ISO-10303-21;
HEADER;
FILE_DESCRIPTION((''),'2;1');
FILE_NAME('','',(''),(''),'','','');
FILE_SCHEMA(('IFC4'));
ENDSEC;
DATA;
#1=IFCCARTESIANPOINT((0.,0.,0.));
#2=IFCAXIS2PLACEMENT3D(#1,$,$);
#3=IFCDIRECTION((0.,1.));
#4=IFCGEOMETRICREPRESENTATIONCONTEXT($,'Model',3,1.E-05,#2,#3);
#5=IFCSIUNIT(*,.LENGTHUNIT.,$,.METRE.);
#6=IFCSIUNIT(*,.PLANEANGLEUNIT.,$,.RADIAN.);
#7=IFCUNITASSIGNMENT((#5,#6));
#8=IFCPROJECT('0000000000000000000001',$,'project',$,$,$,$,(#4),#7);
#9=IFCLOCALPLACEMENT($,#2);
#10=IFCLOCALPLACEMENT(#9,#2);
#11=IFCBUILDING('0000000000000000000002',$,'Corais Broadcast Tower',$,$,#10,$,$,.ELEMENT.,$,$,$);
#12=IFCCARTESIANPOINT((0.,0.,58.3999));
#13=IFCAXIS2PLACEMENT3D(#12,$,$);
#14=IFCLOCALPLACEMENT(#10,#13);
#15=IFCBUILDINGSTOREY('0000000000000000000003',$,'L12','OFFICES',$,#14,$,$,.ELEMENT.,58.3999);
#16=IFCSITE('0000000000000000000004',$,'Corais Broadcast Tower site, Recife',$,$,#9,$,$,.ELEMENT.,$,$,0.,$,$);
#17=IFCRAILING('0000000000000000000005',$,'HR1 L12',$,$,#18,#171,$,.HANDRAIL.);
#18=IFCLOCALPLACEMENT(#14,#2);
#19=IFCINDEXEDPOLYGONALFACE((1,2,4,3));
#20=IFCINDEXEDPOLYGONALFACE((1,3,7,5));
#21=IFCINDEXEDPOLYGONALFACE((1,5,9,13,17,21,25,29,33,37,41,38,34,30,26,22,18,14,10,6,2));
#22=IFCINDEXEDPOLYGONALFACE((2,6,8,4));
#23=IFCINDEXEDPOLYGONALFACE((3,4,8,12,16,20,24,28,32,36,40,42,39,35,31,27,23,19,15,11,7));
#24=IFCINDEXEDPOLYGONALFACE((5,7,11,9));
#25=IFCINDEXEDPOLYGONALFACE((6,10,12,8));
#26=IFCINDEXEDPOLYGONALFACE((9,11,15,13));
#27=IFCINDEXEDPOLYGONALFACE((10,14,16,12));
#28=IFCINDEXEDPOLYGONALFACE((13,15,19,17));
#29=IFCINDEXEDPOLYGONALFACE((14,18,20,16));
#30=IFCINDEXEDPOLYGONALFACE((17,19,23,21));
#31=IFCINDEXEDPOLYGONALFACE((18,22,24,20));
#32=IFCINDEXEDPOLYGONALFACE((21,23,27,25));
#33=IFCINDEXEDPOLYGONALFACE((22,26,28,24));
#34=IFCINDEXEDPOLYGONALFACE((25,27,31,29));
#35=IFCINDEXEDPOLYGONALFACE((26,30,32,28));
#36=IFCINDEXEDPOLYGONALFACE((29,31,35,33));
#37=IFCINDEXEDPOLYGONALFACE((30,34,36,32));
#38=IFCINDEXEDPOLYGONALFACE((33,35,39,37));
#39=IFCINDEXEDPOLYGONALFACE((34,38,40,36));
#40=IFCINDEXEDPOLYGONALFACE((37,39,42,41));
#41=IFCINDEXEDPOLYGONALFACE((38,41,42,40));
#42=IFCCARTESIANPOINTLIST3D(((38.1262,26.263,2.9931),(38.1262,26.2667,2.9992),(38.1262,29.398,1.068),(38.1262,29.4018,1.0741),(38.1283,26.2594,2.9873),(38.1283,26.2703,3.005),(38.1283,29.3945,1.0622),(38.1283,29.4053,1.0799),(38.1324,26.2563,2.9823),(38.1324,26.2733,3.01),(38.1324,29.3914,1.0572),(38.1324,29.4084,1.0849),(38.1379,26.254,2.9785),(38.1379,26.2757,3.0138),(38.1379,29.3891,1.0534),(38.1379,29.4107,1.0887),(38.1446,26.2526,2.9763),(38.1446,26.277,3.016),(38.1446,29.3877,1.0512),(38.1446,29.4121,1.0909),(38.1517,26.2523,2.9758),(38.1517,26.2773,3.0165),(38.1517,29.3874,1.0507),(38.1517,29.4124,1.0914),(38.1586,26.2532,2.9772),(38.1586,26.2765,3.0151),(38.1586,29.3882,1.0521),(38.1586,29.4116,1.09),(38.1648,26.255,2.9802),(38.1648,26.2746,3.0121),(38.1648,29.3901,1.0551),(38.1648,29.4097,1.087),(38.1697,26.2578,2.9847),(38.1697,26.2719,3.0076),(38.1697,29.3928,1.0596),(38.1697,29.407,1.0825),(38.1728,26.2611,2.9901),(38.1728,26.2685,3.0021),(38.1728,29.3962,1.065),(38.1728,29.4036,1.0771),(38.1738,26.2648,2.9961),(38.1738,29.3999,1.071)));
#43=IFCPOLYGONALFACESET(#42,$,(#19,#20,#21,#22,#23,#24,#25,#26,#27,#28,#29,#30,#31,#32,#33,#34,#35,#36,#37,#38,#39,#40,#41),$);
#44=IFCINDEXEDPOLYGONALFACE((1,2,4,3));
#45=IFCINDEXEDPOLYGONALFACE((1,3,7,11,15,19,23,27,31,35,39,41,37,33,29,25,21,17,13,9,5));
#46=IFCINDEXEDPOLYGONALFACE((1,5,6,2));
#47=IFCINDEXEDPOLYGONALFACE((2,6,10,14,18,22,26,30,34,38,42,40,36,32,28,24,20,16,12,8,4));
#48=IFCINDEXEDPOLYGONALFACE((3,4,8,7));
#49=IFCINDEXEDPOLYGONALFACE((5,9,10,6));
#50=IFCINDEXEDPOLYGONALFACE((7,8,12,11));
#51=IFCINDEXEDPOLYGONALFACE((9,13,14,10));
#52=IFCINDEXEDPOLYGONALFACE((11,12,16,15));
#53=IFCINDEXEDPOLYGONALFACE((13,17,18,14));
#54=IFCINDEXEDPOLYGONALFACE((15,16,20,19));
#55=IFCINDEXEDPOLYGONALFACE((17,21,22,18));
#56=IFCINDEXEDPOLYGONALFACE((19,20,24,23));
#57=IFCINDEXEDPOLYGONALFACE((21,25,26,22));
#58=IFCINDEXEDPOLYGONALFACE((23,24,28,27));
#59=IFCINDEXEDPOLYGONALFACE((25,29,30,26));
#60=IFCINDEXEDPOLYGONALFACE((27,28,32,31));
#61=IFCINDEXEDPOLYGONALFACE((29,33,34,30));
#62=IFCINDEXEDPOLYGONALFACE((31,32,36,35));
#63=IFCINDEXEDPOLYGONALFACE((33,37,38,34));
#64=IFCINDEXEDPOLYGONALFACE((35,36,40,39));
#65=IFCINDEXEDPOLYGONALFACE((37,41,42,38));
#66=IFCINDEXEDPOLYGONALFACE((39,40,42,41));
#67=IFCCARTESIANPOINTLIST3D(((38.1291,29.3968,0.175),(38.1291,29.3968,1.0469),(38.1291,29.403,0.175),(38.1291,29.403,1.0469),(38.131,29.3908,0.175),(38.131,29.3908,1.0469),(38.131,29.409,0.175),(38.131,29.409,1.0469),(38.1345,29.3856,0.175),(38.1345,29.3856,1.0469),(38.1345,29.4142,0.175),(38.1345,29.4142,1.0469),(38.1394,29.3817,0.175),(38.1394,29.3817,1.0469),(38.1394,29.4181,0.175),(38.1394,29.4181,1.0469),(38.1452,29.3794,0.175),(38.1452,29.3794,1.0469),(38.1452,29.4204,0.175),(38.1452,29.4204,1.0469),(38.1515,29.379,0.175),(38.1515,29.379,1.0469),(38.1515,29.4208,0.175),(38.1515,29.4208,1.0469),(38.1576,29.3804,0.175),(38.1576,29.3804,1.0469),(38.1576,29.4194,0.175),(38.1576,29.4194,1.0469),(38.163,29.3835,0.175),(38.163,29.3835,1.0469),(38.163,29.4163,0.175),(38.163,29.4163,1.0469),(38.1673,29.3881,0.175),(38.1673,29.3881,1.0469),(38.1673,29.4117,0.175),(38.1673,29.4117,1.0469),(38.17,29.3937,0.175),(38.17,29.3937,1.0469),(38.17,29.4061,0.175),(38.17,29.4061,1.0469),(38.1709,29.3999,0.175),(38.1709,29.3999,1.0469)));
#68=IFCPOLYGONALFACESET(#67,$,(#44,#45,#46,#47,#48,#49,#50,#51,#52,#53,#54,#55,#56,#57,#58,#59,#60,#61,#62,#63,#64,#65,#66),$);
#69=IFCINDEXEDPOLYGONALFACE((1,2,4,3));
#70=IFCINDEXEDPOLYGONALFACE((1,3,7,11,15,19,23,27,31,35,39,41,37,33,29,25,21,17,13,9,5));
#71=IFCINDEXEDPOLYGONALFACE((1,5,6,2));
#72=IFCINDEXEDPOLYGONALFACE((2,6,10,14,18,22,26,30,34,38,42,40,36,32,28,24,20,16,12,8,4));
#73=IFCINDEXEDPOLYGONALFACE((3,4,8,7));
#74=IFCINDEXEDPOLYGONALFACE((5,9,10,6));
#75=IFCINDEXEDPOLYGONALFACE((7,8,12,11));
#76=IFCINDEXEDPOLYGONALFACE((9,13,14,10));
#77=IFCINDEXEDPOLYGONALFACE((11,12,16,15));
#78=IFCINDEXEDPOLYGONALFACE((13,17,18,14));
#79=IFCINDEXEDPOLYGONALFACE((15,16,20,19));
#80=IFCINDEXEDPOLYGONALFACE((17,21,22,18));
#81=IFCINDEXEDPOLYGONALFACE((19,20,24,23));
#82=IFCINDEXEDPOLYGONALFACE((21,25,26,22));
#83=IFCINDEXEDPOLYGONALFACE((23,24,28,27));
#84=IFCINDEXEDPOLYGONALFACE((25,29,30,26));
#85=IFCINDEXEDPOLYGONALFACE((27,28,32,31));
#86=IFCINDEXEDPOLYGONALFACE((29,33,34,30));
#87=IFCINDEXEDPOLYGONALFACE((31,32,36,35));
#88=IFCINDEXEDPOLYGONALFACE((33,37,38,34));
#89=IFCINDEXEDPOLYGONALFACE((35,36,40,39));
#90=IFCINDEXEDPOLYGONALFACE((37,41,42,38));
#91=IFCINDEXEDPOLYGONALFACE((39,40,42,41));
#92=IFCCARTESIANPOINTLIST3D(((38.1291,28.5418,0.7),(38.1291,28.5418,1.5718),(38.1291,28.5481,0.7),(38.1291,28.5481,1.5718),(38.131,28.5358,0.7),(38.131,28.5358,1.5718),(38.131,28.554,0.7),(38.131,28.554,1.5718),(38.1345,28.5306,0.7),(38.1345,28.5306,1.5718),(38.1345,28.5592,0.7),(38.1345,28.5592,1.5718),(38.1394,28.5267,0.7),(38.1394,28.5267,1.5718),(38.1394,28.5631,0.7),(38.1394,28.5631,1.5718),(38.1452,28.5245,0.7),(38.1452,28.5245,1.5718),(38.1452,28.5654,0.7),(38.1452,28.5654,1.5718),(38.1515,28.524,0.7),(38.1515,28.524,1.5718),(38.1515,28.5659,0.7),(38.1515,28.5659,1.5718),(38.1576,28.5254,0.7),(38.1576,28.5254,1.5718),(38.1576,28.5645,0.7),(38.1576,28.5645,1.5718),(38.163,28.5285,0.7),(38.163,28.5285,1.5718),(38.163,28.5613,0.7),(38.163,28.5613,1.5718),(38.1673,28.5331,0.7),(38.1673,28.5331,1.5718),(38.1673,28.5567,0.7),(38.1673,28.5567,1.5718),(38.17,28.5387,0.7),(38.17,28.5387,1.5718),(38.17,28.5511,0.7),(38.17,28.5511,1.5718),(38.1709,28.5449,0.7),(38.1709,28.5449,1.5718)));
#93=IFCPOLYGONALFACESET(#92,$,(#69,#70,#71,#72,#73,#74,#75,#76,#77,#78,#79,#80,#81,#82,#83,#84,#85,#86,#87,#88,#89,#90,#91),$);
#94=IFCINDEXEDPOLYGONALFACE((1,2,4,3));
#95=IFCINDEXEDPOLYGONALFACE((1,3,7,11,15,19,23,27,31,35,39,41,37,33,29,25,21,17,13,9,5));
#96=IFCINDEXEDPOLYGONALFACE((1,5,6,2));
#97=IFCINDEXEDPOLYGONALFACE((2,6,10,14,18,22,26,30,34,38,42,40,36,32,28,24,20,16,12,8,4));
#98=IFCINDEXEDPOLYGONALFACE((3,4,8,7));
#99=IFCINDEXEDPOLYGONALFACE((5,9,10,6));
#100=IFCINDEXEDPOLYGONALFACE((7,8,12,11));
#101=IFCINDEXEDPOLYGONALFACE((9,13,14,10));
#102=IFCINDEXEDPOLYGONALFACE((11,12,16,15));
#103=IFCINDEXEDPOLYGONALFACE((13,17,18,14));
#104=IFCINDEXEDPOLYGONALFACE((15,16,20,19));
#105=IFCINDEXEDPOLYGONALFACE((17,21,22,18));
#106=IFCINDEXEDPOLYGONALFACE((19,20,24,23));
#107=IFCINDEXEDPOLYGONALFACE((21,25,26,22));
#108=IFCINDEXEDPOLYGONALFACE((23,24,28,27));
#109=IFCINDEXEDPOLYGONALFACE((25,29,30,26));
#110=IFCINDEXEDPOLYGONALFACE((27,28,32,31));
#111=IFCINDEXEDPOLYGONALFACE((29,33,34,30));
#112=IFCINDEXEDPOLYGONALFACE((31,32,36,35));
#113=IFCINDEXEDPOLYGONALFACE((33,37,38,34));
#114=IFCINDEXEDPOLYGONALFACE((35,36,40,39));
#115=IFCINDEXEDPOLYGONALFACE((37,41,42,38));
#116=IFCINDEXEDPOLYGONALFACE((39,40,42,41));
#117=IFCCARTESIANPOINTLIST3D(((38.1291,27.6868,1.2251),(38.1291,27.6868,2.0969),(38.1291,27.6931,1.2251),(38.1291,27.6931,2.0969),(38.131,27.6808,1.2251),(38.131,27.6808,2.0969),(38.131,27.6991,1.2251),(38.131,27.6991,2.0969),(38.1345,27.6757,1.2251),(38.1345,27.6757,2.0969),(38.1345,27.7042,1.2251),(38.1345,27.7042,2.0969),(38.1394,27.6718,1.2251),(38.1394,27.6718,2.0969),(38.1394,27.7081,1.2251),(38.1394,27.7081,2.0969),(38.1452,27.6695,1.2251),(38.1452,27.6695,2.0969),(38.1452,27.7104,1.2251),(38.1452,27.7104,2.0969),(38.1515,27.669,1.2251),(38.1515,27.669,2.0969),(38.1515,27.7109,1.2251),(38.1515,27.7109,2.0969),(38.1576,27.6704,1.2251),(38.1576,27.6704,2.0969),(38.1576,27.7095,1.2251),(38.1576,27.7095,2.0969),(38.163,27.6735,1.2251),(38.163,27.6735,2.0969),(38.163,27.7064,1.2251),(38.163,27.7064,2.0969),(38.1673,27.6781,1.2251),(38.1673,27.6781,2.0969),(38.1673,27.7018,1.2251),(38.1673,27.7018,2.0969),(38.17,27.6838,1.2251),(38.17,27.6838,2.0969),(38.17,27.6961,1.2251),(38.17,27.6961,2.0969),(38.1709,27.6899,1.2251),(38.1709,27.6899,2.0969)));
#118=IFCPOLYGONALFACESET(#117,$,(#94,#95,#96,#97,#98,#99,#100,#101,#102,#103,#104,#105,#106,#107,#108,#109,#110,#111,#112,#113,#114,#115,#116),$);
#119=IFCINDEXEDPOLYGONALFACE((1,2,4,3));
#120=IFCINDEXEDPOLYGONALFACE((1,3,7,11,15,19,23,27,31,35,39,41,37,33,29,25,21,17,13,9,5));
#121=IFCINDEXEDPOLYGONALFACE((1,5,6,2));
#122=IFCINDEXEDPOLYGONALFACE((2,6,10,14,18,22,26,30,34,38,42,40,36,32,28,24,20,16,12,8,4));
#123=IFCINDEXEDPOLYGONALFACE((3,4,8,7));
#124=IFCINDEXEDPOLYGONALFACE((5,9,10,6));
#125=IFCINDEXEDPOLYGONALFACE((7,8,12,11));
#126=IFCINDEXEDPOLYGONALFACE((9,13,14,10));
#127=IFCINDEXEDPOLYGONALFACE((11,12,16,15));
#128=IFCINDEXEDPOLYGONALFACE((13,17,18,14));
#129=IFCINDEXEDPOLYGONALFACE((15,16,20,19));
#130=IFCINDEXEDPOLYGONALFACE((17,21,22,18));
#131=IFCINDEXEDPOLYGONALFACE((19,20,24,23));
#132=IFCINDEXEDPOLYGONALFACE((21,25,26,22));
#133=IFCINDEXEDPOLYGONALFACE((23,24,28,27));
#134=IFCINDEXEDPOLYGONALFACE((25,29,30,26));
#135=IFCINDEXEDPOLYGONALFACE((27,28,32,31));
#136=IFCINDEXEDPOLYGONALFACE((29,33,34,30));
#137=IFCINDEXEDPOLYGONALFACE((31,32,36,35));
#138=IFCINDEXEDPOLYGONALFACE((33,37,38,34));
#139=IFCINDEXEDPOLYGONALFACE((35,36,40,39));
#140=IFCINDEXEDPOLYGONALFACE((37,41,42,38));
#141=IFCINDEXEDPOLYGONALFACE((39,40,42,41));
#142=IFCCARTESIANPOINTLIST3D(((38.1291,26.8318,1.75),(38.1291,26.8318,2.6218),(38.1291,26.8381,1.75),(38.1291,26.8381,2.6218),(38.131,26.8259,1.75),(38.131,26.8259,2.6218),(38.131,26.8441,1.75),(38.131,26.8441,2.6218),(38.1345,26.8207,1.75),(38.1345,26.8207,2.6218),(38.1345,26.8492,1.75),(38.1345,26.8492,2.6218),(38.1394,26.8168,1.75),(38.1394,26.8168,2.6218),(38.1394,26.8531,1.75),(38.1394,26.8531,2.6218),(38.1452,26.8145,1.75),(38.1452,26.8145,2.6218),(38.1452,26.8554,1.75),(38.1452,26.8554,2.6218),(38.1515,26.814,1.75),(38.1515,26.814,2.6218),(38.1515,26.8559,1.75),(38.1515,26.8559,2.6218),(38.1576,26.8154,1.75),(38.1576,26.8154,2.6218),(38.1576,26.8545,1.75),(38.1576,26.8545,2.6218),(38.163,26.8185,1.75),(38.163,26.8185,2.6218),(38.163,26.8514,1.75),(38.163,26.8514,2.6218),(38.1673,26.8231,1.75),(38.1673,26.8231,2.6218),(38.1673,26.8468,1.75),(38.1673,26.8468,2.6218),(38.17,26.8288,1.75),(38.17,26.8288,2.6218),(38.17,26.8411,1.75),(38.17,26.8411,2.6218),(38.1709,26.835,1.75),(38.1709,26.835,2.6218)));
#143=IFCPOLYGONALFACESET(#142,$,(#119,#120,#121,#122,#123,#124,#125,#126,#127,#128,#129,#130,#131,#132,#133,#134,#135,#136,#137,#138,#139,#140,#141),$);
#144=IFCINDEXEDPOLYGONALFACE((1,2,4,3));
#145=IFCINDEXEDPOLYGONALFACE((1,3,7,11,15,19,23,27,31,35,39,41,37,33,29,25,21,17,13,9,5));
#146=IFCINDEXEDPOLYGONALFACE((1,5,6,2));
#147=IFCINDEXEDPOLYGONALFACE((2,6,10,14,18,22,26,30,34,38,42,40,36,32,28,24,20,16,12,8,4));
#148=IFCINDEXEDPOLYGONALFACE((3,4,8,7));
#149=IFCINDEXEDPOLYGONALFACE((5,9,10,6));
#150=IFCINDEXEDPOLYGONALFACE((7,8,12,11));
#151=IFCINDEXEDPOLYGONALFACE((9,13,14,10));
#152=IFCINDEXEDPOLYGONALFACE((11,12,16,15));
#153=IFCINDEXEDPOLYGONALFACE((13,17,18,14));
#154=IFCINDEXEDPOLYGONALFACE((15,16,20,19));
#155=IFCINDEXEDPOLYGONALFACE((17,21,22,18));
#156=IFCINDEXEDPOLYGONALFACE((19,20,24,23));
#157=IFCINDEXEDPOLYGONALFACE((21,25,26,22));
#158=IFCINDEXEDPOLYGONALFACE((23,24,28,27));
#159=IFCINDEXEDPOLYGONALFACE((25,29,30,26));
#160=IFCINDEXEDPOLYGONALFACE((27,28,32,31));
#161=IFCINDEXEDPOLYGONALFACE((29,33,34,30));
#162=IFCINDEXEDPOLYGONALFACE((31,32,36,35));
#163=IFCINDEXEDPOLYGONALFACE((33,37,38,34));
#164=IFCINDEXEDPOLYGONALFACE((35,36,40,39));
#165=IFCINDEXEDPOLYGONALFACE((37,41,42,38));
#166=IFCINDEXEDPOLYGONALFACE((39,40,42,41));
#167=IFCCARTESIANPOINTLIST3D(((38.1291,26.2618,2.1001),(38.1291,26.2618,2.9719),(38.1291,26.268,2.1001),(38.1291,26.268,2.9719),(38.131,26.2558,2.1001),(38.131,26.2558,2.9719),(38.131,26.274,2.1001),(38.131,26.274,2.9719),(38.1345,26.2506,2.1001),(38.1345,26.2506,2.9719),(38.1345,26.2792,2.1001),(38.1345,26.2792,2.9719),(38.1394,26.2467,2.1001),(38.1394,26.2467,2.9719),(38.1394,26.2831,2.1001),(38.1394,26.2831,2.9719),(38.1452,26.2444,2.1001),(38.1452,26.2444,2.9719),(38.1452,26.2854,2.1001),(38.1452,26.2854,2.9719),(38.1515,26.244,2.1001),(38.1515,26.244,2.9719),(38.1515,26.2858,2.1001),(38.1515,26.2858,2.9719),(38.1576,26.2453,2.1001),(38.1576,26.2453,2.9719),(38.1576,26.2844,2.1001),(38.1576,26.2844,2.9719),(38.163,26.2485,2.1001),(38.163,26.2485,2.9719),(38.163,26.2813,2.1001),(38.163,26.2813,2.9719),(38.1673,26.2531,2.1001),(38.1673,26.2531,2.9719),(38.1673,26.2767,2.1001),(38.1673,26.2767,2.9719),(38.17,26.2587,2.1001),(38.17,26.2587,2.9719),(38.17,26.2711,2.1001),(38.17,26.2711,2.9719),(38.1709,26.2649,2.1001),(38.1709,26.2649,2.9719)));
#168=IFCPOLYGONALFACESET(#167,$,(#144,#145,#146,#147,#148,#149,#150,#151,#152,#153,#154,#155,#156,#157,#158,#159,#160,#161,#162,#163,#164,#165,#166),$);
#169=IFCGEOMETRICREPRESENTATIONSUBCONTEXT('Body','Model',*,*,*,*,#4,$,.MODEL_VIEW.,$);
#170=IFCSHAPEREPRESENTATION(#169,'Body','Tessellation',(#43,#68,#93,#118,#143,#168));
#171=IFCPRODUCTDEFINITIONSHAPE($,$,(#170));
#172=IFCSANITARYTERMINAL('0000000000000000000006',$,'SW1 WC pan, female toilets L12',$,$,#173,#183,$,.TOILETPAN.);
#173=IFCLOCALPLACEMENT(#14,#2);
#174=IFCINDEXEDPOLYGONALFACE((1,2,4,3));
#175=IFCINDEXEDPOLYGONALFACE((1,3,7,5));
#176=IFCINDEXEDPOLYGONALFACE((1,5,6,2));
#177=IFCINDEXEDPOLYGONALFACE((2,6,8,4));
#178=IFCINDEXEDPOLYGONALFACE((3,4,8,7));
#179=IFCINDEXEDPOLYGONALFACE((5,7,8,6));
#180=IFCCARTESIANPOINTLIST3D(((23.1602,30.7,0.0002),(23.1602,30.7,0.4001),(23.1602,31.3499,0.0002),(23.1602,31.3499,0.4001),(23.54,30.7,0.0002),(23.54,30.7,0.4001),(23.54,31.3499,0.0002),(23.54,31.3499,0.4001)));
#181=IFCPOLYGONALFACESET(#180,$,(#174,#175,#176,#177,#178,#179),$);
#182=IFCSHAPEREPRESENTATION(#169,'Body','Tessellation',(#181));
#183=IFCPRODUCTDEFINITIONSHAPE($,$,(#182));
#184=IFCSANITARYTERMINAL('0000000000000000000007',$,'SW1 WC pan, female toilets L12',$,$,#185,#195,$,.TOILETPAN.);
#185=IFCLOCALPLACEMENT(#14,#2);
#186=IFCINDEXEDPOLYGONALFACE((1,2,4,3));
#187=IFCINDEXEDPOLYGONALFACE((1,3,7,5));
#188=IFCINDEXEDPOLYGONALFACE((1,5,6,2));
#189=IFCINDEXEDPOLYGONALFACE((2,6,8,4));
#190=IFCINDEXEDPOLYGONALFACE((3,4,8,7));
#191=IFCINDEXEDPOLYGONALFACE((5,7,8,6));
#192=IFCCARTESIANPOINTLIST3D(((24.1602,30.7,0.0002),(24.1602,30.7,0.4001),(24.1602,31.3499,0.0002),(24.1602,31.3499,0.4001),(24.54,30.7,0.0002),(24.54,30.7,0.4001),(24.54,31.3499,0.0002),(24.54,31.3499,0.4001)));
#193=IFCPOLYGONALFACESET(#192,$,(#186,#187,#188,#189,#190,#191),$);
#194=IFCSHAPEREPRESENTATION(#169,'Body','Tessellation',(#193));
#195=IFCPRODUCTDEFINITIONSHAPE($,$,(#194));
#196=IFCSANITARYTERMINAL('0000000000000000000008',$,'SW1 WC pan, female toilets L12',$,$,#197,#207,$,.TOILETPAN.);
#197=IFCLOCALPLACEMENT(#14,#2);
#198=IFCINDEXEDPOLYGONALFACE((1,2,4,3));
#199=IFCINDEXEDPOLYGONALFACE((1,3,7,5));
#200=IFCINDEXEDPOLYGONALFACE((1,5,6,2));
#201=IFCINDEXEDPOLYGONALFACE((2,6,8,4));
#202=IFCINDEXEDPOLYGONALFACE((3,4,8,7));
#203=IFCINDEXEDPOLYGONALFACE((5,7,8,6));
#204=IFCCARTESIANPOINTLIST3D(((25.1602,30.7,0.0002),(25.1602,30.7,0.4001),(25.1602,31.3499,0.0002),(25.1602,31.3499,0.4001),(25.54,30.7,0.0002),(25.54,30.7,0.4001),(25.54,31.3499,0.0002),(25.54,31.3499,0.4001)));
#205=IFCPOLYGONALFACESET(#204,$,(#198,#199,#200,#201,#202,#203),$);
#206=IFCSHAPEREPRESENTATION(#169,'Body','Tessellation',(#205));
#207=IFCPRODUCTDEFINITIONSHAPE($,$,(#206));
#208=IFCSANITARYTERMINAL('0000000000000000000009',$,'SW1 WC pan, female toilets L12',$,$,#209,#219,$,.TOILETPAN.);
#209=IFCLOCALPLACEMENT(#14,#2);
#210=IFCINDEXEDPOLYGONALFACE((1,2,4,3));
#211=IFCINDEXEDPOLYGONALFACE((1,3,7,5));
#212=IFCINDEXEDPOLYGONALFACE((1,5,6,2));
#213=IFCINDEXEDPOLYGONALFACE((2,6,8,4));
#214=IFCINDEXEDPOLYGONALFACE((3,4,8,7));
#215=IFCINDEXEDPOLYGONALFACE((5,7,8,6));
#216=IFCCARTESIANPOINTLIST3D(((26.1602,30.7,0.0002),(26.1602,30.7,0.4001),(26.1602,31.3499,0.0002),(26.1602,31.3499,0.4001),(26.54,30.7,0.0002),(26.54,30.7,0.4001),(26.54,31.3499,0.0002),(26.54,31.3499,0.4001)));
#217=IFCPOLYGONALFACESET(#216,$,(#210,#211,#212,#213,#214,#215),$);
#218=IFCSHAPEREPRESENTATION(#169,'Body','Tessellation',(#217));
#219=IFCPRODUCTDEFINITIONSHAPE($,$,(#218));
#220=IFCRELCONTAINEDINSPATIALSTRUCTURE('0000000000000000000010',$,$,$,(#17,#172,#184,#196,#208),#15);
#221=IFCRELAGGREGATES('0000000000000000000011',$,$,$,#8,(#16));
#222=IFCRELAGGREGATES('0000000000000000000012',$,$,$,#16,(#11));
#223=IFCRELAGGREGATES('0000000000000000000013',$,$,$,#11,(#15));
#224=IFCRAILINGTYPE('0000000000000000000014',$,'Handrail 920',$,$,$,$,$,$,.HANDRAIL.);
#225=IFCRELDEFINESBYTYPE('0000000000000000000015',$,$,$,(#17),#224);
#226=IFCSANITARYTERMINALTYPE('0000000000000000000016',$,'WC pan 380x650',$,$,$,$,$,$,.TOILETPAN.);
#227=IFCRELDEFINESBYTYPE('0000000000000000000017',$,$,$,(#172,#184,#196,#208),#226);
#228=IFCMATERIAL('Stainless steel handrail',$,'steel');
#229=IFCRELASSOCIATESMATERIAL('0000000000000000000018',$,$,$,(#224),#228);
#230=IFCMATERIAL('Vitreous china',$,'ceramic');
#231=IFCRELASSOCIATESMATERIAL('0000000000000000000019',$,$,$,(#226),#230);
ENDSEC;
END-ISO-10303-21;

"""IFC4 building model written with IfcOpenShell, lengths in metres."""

from ifc_helpers import new_model, si_unit, direction, frame, origin, origin_2d, place, context, subcontext, project, spatial, rectangle, circle, extrude, material, type_object, element, save


model = new_model("IFC4")

# Units and contexts
model_context = context("Model", 3, precision=1e-05, world=origin(), true_north=direction((0.0, 1.0)))
body_context = subcontext(model_context, "Body", "Model", "MODEL_VIEW")
ifc_project = project(units=[si_unit("LENGTHUNIT", "METRE"), si_unit("PLANEANGLEUNIT", "RADIAN")], contexts=[model_context])

# Site, building, storey
site_placement = place(None, origin())
site = spatial("IfcSite", under=ifc_project, at=site_placement, Name="Corais Broadcast Tower site, Recife", CompositionType="ELEMENT", RefElevation=0.0)
building_placement = place(site_placement, origin())
building = spatial("IfcBuilding", under=site, at=building_placement, Name="Corais Broadcast Tower", CompositionType="ELEMENT")
storey_placement = place(building_placement, frame((0.0, 0.0, 58.3999)))
storey = spatial("IfcBuildingStorey", under=building, at=storey_placement, Name="L12", Description="OFFICES", CompositionType="ELEMENT", Elevation=58.3999)

# Railing
ifc_material_1 = material(Name="Stainless steel handrail", Category="steel")
railing_type = type_object("IfcRailingType", Name="Handrail 920", PredefinedType="HANDRAIL", material=ifc_material_1)
for number, where, name in (
    (1, (38.1499, 29.3999, 0.175), "HR1 L12"),
):
    element("IfcRailing", number, at=place(storey_placement, frame(where)), inside=storey, type_object=railing_type, Name=name, PredefinedType="HANDRAIL", context=body_context, shape_type="SweptSolid", body=[
        extrude(circle(Radius=0.0239, at=origin_2d()), frame((0.0, 0.0, 0.896), z_axis=(0.0, -0.852166, 0.523271), x_axis=(1.0, 0.0, 0.0)), (0.0, 0.0, 1.0), 3.679),
        extrude(circle(Radius=0.021, at=origin_2d()), origin(), (0.0, 0.0, 1.0), 0.8718),
        extrude(circle(Radius=0.021, at=origin_2d()), frame((0.0, -0.855, 0.5249)), (0.0, 0.0, 1.0), 0.8718),
        extrude(circle(Radius=0.021, at=origin_2d()), frame((0.0, -1.71, 1.05)), (0.0, 0.0, 1.0), 0.8718),
        extrude(circle(Radius=0.021, at=origin_2d()), frame((0.0, -2.5649, 1.575)), (0.0, 0.0, 1.0), 0.8718),
        extrude(circle(Radius=0.021, at=origin_2d()), frame((0.0, -3.135, 1.925)), (0.0, 0.0, 1.0), 0.8718),
    ])

# Sanitary terminals
ifc_material_2 = material(Name="Vitreous china", Category="ceramic")
sanitary_terminal_type = type_object("IfcSanitaryTerminalType", Name="WC pan 380x650", PredefinedType="TOILETPAN", material=ifc_material_2)
for number, where, z_axis, x_axis, name in (
    (2, (23.3501, 31.0249, 0.0002), (0.0, 0.0, 1.0), (1.0, 0.0, 0.0), "SW1 WC pan, female toilets L12"),
    (3, (24.3501, 31.0249, 0.0002), (0.0, 0.0, 1.0), (1.0, 0.0, 0.0), "SW1 WC pan, female toilets L12"),
    (4, (25.3501, 31.0249, 0.0002), (0.0, 0.0, 1.0), (1.0, 0.0, 0.0), "SW1 WC pan, female toilets L12"),
    (5, (26.3501, 31.0249, 0.0002), (0.0, 0.0, 1.0), (1.0, 0.0, 0.0), "SW1 WC pan, female toilets L12"),
):
    element("IfcSanitaryTerminal", number, at=place(storey_placement, frame(where, z_axis=z_axis, x_axis=x_axis)), inside=storey, type_object=sanitary_terminal_type, Name=name, PredefinedType="TOILETPAN", context=body_context, shape_type="SweptSolid", body=[
        extrude(rectangle(XDim=0.3799, YDim=0.6499, at=origin_2d()), origin(), (0.0, 0.0, 1.0), 0.3999),
    ])

save(model, "model.ifc")
